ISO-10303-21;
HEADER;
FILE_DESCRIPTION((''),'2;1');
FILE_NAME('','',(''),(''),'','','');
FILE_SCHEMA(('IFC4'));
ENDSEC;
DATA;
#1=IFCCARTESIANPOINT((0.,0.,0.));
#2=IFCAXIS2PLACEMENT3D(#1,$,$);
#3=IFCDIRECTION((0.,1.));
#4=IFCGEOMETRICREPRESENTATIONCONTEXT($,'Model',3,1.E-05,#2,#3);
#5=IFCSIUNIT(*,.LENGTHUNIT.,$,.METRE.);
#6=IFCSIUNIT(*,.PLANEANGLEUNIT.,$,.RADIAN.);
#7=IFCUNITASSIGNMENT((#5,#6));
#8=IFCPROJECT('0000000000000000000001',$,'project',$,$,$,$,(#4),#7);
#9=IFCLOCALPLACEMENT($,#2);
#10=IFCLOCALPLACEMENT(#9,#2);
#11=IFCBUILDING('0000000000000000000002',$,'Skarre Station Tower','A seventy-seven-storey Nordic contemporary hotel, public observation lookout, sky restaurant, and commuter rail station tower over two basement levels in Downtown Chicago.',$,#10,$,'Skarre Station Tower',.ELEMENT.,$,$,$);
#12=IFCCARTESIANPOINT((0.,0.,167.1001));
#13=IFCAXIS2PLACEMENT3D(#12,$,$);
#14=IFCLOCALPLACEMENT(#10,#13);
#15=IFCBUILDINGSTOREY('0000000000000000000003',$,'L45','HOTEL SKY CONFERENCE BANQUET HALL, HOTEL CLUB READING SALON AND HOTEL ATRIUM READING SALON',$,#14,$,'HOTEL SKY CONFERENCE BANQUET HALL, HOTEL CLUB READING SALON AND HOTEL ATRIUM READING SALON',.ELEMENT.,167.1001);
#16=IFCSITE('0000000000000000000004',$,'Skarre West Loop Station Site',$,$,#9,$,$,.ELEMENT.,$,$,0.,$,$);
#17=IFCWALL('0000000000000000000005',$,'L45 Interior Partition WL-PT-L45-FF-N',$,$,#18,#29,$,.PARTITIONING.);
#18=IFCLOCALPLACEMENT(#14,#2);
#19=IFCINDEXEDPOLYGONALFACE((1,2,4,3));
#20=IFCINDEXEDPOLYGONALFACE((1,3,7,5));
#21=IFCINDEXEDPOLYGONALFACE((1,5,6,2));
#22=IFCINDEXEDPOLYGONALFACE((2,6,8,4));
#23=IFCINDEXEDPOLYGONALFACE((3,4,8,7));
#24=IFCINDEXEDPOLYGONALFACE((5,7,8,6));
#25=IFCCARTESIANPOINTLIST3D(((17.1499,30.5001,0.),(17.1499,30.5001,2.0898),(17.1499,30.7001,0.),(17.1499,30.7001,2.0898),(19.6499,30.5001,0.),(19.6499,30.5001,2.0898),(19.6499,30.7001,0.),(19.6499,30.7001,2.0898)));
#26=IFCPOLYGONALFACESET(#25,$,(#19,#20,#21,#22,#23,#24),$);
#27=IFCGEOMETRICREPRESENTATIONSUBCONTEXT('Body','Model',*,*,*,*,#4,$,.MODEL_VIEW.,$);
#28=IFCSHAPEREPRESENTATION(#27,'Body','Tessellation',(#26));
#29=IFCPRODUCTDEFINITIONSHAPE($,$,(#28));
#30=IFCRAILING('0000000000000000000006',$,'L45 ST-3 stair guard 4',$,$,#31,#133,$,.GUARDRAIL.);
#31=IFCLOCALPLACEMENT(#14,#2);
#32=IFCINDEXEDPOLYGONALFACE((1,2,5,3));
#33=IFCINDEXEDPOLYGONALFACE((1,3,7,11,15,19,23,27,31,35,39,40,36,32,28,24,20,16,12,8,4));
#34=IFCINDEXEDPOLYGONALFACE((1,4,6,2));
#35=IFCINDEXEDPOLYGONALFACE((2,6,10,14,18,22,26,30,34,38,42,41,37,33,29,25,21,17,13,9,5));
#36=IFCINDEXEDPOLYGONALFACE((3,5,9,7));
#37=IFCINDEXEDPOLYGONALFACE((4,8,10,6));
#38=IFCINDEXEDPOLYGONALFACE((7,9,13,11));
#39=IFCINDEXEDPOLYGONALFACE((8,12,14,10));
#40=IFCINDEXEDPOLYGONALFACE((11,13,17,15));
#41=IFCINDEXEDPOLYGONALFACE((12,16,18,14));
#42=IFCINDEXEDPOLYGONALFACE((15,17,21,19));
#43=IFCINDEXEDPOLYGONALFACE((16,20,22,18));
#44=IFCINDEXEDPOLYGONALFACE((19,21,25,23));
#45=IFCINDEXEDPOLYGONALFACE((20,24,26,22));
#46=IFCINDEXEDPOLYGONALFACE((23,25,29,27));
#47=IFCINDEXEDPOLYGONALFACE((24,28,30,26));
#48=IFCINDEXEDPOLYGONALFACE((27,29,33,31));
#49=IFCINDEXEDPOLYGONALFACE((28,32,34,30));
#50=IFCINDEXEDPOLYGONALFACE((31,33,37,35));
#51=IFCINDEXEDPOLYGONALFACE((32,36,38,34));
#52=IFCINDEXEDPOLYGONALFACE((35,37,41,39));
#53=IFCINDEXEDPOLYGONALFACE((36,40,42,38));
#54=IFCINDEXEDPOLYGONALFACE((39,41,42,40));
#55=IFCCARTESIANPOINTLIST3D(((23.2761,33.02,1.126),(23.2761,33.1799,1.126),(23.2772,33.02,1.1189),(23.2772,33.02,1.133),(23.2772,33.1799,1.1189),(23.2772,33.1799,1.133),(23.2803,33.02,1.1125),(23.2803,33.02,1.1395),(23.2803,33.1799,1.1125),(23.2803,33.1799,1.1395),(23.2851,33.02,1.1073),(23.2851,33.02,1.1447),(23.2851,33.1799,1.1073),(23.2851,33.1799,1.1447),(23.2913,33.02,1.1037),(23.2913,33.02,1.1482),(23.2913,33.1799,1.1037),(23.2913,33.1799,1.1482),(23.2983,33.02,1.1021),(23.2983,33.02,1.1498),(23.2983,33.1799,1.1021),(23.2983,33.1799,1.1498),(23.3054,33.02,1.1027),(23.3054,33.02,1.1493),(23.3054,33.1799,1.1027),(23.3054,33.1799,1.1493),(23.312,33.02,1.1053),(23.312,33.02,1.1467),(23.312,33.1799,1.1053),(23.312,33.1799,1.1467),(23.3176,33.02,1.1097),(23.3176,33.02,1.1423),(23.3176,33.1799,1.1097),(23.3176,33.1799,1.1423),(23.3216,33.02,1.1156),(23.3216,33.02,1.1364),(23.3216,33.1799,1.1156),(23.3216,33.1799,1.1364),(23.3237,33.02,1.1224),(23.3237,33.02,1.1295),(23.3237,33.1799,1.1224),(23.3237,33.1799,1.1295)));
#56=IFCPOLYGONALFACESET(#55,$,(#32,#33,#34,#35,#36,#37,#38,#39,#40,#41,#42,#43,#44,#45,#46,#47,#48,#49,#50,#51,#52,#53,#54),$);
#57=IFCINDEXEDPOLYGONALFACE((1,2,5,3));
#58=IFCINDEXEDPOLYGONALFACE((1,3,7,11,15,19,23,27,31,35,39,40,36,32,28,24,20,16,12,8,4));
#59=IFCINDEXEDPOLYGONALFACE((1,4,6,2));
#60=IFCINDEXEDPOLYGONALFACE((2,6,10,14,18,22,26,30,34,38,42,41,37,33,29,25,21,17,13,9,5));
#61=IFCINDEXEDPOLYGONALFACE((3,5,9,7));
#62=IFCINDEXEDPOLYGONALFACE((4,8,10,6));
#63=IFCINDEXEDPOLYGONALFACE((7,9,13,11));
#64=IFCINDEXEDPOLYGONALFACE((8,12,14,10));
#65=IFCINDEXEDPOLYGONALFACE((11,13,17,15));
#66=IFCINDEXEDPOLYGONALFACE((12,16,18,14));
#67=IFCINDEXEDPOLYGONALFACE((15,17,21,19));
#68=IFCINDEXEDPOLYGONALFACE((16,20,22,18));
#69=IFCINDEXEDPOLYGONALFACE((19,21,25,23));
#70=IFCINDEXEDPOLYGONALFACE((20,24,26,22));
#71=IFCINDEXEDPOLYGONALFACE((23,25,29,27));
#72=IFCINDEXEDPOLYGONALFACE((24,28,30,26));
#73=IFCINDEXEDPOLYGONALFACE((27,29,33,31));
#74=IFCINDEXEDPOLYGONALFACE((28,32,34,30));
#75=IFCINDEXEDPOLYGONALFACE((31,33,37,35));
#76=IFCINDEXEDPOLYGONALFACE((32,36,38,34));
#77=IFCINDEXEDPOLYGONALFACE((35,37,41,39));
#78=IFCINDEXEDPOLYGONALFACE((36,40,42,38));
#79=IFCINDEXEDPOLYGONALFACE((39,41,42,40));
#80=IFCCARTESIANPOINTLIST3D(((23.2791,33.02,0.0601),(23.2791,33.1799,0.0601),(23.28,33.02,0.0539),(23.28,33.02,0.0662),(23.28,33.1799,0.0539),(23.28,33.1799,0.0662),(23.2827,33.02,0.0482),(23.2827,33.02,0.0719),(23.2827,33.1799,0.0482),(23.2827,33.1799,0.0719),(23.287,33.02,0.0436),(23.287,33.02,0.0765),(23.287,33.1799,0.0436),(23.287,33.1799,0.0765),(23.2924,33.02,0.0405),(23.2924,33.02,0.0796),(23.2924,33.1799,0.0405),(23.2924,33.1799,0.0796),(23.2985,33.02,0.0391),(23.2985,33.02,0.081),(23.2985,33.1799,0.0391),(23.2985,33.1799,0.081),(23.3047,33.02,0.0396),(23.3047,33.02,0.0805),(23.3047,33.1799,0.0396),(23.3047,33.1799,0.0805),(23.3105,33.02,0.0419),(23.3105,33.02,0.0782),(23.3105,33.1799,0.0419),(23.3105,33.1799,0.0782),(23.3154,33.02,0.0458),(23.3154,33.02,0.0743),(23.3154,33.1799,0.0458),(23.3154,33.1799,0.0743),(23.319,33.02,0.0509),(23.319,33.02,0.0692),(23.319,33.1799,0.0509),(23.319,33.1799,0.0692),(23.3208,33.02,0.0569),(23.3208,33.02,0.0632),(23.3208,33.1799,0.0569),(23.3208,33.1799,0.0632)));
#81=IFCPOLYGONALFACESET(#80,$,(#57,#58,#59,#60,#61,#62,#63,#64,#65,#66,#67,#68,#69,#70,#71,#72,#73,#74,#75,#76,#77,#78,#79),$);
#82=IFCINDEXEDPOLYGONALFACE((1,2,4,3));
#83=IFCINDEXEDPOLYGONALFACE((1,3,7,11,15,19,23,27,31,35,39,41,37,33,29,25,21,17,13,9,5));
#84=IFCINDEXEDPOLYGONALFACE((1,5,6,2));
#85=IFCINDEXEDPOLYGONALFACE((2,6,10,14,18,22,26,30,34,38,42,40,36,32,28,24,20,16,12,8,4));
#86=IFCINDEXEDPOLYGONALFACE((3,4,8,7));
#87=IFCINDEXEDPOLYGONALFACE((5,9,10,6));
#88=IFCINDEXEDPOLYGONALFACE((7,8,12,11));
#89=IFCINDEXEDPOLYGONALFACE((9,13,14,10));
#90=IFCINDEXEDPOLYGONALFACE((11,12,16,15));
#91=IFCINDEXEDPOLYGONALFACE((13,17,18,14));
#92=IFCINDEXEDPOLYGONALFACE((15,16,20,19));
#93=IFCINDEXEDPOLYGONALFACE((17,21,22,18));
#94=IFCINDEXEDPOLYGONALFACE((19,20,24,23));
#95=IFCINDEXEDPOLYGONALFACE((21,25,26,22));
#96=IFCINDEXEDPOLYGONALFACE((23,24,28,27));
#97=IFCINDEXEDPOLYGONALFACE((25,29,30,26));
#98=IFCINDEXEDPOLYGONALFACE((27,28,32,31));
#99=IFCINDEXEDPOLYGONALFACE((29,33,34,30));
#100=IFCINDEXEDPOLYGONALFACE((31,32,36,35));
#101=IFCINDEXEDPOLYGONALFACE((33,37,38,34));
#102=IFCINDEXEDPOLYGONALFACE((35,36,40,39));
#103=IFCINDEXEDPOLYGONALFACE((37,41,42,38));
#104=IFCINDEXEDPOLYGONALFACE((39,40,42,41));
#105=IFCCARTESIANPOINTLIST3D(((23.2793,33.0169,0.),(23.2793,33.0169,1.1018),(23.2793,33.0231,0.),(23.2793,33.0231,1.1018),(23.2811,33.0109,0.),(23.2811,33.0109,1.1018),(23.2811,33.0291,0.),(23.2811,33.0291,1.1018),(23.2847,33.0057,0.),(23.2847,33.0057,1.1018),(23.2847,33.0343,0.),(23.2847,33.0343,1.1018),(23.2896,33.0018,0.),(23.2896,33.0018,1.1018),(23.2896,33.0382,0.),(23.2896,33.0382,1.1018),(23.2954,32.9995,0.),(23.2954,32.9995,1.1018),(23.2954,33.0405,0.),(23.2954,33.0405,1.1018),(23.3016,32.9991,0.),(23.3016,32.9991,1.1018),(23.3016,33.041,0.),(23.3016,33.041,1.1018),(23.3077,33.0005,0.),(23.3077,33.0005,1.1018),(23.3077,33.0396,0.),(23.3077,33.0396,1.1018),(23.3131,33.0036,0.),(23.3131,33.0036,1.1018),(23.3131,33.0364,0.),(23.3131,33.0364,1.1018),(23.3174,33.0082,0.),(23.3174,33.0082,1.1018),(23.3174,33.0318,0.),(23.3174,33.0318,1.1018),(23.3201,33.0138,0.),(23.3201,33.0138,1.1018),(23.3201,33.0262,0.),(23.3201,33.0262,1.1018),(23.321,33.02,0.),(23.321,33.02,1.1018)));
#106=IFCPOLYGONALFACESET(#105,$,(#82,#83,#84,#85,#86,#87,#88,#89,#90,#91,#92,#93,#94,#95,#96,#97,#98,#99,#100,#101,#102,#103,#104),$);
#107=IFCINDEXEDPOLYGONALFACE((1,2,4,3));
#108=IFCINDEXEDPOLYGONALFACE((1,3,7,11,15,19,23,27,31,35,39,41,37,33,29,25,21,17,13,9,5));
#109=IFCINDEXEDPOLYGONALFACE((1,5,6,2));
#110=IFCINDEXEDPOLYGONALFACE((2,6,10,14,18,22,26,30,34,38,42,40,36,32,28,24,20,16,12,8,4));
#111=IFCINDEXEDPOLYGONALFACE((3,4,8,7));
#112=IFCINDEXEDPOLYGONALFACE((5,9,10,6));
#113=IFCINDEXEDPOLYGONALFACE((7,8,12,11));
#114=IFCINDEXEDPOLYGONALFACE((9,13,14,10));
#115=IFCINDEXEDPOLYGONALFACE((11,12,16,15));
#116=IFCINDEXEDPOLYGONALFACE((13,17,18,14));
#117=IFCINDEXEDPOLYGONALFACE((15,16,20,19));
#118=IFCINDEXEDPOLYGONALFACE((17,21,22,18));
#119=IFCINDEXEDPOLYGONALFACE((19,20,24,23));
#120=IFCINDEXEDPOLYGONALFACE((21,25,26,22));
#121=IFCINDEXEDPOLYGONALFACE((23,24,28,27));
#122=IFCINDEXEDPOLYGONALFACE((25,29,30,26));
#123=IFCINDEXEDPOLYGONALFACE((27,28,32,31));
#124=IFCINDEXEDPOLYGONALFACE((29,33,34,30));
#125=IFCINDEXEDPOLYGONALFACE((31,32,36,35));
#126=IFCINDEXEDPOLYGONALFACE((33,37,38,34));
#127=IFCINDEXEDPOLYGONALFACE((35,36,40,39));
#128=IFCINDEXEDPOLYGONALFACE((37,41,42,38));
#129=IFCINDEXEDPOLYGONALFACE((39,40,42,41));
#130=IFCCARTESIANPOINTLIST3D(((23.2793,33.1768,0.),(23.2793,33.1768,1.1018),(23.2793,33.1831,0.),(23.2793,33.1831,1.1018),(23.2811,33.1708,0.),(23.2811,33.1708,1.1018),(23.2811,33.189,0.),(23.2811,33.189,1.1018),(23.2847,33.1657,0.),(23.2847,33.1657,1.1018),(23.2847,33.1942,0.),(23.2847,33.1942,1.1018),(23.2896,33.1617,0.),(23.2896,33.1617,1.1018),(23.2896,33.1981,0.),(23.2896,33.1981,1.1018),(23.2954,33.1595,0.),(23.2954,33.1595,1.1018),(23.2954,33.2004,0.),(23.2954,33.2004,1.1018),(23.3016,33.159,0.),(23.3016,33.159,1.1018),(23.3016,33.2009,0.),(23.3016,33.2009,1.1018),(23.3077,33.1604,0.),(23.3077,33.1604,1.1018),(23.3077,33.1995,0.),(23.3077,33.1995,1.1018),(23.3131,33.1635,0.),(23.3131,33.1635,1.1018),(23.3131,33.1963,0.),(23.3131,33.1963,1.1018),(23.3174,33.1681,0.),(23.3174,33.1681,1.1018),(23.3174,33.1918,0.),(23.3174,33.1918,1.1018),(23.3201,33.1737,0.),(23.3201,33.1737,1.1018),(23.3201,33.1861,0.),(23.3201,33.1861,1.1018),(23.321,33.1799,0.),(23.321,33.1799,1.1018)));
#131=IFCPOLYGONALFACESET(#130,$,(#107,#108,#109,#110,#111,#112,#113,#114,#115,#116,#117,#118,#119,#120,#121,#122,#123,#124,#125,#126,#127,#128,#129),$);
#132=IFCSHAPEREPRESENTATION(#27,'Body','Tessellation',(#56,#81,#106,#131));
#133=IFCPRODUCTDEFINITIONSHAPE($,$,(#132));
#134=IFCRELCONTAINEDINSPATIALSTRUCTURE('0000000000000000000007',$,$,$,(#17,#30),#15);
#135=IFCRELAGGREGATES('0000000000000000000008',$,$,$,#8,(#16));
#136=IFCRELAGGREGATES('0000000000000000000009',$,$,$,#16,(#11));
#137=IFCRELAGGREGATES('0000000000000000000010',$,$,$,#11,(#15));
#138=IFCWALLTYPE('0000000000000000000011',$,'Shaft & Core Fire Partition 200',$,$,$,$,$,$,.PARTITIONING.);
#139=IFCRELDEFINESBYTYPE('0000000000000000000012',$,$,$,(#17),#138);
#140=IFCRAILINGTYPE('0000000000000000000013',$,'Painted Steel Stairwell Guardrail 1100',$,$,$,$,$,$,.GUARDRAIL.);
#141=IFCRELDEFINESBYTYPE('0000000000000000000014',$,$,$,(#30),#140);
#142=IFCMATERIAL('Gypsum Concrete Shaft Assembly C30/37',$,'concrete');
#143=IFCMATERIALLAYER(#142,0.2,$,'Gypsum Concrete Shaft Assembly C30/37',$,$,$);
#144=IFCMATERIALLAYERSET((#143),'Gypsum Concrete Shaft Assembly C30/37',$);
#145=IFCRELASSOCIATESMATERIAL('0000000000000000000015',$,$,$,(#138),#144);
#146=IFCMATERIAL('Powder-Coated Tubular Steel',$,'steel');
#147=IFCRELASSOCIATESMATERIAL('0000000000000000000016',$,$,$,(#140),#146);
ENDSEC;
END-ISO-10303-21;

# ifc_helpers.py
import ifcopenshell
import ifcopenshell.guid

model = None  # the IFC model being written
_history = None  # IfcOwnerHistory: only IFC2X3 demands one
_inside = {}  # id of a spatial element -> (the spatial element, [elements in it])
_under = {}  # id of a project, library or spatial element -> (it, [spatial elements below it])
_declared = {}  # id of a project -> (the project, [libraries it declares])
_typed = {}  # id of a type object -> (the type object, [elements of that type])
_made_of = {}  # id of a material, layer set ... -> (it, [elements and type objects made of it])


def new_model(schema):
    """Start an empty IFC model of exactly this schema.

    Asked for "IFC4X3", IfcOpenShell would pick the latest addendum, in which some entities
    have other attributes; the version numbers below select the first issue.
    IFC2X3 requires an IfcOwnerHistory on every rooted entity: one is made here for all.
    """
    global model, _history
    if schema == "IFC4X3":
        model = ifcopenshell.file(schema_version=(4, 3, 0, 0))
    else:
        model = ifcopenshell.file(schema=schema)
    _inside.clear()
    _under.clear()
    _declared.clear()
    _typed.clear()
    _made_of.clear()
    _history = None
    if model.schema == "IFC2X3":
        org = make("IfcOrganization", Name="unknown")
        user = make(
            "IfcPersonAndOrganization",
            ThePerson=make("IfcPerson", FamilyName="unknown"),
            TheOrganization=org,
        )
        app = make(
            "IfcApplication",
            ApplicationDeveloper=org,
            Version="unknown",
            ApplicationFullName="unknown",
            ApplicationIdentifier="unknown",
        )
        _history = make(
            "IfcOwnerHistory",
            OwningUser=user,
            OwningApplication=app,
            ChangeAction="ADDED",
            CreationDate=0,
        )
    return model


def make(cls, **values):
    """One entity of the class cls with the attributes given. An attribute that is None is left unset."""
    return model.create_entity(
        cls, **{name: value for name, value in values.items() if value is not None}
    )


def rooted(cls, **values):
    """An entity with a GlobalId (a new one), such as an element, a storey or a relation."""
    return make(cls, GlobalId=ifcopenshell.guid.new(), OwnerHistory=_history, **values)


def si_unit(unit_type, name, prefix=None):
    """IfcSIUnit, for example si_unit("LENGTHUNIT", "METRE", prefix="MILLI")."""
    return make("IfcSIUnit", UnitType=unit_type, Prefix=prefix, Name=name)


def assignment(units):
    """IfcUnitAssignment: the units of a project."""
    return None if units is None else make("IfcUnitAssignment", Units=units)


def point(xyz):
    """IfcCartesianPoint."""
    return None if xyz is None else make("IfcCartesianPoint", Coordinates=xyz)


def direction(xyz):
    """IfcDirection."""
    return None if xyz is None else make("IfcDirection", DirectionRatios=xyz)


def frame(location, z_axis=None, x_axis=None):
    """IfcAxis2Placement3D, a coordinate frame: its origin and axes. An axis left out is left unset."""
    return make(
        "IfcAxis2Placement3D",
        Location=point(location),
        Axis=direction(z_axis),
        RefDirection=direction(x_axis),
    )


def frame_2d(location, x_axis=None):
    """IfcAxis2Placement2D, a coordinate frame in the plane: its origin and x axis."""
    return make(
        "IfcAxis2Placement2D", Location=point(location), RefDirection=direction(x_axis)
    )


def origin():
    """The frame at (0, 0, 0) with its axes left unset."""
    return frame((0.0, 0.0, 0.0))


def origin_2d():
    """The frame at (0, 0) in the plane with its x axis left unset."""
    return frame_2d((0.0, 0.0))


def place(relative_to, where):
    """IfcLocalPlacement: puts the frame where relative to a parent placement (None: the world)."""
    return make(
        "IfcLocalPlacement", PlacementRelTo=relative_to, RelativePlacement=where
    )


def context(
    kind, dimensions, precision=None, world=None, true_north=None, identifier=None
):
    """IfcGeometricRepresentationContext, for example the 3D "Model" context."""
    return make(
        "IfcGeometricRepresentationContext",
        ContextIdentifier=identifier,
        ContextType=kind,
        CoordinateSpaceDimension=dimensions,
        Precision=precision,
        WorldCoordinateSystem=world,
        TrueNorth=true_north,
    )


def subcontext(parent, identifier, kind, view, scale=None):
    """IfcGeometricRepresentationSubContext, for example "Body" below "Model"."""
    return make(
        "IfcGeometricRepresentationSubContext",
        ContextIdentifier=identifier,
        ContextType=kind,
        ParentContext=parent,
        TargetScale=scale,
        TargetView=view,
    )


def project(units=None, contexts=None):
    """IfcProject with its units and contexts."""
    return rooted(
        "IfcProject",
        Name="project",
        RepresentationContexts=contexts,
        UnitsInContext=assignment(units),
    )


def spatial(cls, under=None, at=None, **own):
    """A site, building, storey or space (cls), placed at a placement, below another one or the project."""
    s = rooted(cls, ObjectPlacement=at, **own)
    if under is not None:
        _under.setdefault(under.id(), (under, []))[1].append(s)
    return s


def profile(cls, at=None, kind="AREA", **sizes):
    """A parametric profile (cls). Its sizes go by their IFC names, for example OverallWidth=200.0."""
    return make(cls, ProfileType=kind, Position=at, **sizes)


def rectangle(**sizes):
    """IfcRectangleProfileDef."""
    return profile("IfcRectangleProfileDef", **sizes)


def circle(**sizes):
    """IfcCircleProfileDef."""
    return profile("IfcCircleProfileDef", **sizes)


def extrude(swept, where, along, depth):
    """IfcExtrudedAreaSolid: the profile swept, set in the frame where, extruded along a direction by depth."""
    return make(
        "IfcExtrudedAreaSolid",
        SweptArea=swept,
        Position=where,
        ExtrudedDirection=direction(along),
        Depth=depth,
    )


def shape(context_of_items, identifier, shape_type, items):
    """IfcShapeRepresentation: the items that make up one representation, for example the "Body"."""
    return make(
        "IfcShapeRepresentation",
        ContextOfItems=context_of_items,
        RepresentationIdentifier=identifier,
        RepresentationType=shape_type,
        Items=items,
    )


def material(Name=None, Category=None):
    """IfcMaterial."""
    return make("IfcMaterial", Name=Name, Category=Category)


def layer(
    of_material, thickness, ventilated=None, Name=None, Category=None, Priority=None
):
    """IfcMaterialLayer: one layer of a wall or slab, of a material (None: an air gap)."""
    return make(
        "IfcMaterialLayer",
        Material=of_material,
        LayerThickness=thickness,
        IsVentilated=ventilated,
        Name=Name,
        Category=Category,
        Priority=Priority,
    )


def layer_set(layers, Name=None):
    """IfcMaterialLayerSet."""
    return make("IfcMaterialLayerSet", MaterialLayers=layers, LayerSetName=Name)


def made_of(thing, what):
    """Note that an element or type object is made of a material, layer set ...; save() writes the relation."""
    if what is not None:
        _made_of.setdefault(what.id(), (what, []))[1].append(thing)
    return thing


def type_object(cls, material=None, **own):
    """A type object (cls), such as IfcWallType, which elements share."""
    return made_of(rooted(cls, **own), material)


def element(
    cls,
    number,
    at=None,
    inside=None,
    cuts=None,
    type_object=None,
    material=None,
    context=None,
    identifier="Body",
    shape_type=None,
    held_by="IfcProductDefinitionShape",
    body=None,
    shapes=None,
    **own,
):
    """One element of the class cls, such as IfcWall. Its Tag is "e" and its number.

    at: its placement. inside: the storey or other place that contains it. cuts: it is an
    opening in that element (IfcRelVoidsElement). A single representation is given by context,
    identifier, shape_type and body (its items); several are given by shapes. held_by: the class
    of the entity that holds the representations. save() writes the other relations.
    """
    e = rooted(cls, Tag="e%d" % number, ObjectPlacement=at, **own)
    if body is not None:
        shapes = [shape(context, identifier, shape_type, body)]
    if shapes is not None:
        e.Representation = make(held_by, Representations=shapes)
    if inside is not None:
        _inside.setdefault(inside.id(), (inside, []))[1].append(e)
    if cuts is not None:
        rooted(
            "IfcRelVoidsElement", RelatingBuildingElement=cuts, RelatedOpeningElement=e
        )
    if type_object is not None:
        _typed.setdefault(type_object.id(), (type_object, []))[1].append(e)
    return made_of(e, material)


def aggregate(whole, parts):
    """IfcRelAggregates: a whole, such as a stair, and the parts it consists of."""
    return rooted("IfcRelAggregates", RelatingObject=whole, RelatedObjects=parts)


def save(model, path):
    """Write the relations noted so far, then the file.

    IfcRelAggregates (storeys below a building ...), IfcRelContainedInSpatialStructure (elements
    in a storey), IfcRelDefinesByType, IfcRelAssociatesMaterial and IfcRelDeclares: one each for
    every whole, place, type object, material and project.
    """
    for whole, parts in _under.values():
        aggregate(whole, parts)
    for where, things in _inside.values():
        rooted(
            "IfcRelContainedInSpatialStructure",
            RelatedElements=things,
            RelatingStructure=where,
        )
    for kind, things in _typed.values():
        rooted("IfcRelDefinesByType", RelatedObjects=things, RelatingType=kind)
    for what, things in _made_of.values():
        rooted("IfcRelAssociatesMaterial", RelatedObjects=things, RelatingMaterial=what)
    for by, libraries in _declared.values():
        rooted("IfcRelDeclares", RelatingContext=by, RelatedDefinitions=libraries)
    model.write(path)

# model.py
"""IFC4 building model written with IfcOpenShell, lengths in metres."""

from ifc_helpers import new_model, si_unit, direction, frame, frame_2d, origin, origin_2d, place, context, subcontext, project, spatial, rectangle, circle, extrude, material, layer, layer_set, type_object, element, save


model = new_model("IFC4")

# Units and contexts
model_context = context("Model", 3, precision=1e-05, world=origin(), true_north=direction((0.0, 1.0)))
body_context = subcontext(model_context, "Body", "Model", "MODEL_VIEW")
ifc_project = project(units=[si_unit("LENGTHUNIT", "METRE"), si_unit("PLANEANGLEUNIT", "RADIAN")], contexts=[model_context])

# Site, building, storey
site_placement = place(None, origin())
site = spatial("IfcSite", under=ifc_project, at=site_placement, Name="Skarre West Loop Station Site", CompositionType="ELEMENT", RefElevation=0.0)
building_placement = place(site_placement, origin())
building = spatial("IfcBuilding", under=site, at=building_placement, Name="Skarre Station Tower", Description="A seventy-seven-storey Nordic contemporary hotel, public observation lookout, sky restaurant, and commuter rail station tower over two basement levels in Downtown Chicago.", LongName="Skarre Station Tower", CompositionType="ELEMENT")
storey_placement = place(building_placement, frame((0.0, 0.0, 167.1001)))
storey = spatial("IfcBuildingStorey", under=building, at=storey_placement, Name="L45", Description="HOTEL SKY CONFERENCE BANQUET HALL, HOTEL CLUB READING SALON AND HOTEL ATRIUM READING SALON", LongName="HOTEL SKY CONFERENCE BANQUET HALL, HOTEL CLUB READING SALON AND HOTEL ATRIUM READING SALON", CompositionType="ELEMENT", Elevation=167.1001)

# Wall
ifc_material_1 = material(Name="Gypsum Concrete Shaft Assembly C30/37", Category="concrete")
ifc_layer_1 = layer(ifc_material_1, 0.2, Name="Gypsum Concrete Shaft Assembly C30/37")
ifc_layer_set_1 = layer_set([ifc_layer_1], Name="Gypsum Concrete Shaft Assembly C30/37")
wall_type_1 = type_object("IfcWallType", Name="Shaft & Core Fire Partition 200", PredefinedType="PARTITIONING", material=ifc_layer_set_1)
wall_1_placement = place(storey_placement, frame((19.6499, 30.6001, 0.0), z_axis=(0.0, 0.0, 1.0), x_axis=(-1.0, 0.0, 0.0)))
element("IfcWall", 1, at=wall_1_placement, inside=storey, type_object=wall_type_1, Name="L45 Interior Partition WL-PT-L45-FF-N", PredefinedType="PARTITIONING", context=body_context, shape_type="SweptSolid", body=[
    extrude(rectangle(XDim=2.5, YDim=0.2, at=frame_2d((1.25, 0.0))), origin(), (0.0, 0.0, 1.0), 2.0898),
])

# Railing
ifc_material_2 = material(Name="Powder-Coated Tubular Steel", Category="steel")
railing_type = type_object("IfcRailingType", Name="Painted Steel Stairwell Guardrail 1100", PredefinedType="GUARDRAIL", material=ifc_material_2)
railing_placement = place(storey_placement, frame((23.3, 33.02, 0.0)))
element("IfcRailing", 2, at=railing_placement, inside=storey, type_object=railing_type, Name="L45 ST-3 stair guard 4", PredefinedType="GUARDRAIL", context=body_context, shape_type="SweptSolid", body=[
    extrude(circle(Radius=0.0239, at=origin_2d()), frame((0.0, 0.0, 1.126), z_axis=(0.0, 1.0, 0.0), x_axis=(-1.0, 0.0, 0.0)), (0.0, 0.0, 1.0), 0.1599),
    extrude(circle(Radius=0.021, at=origin_2d()), frame((0.0, 0.0, 0.0601), z_axis=(0.0, 1.0, 0.0), x_axis=(-1.0, 0.0, 0.0)), (0.0, 0.0, 1.0), 0.1599),
    extrude(circle(Radius=0.021, at=origin_2d()), origin(), (0.0, 0.0, 1.0), 1.1018),
    extrude(circle(Radius=0.021, at=origin_2d()), frame((0.0, 0.1599, 0.0)), (0.0, 0.0, 1.0), 1.1018),
])

save(model, "model.ifc")
